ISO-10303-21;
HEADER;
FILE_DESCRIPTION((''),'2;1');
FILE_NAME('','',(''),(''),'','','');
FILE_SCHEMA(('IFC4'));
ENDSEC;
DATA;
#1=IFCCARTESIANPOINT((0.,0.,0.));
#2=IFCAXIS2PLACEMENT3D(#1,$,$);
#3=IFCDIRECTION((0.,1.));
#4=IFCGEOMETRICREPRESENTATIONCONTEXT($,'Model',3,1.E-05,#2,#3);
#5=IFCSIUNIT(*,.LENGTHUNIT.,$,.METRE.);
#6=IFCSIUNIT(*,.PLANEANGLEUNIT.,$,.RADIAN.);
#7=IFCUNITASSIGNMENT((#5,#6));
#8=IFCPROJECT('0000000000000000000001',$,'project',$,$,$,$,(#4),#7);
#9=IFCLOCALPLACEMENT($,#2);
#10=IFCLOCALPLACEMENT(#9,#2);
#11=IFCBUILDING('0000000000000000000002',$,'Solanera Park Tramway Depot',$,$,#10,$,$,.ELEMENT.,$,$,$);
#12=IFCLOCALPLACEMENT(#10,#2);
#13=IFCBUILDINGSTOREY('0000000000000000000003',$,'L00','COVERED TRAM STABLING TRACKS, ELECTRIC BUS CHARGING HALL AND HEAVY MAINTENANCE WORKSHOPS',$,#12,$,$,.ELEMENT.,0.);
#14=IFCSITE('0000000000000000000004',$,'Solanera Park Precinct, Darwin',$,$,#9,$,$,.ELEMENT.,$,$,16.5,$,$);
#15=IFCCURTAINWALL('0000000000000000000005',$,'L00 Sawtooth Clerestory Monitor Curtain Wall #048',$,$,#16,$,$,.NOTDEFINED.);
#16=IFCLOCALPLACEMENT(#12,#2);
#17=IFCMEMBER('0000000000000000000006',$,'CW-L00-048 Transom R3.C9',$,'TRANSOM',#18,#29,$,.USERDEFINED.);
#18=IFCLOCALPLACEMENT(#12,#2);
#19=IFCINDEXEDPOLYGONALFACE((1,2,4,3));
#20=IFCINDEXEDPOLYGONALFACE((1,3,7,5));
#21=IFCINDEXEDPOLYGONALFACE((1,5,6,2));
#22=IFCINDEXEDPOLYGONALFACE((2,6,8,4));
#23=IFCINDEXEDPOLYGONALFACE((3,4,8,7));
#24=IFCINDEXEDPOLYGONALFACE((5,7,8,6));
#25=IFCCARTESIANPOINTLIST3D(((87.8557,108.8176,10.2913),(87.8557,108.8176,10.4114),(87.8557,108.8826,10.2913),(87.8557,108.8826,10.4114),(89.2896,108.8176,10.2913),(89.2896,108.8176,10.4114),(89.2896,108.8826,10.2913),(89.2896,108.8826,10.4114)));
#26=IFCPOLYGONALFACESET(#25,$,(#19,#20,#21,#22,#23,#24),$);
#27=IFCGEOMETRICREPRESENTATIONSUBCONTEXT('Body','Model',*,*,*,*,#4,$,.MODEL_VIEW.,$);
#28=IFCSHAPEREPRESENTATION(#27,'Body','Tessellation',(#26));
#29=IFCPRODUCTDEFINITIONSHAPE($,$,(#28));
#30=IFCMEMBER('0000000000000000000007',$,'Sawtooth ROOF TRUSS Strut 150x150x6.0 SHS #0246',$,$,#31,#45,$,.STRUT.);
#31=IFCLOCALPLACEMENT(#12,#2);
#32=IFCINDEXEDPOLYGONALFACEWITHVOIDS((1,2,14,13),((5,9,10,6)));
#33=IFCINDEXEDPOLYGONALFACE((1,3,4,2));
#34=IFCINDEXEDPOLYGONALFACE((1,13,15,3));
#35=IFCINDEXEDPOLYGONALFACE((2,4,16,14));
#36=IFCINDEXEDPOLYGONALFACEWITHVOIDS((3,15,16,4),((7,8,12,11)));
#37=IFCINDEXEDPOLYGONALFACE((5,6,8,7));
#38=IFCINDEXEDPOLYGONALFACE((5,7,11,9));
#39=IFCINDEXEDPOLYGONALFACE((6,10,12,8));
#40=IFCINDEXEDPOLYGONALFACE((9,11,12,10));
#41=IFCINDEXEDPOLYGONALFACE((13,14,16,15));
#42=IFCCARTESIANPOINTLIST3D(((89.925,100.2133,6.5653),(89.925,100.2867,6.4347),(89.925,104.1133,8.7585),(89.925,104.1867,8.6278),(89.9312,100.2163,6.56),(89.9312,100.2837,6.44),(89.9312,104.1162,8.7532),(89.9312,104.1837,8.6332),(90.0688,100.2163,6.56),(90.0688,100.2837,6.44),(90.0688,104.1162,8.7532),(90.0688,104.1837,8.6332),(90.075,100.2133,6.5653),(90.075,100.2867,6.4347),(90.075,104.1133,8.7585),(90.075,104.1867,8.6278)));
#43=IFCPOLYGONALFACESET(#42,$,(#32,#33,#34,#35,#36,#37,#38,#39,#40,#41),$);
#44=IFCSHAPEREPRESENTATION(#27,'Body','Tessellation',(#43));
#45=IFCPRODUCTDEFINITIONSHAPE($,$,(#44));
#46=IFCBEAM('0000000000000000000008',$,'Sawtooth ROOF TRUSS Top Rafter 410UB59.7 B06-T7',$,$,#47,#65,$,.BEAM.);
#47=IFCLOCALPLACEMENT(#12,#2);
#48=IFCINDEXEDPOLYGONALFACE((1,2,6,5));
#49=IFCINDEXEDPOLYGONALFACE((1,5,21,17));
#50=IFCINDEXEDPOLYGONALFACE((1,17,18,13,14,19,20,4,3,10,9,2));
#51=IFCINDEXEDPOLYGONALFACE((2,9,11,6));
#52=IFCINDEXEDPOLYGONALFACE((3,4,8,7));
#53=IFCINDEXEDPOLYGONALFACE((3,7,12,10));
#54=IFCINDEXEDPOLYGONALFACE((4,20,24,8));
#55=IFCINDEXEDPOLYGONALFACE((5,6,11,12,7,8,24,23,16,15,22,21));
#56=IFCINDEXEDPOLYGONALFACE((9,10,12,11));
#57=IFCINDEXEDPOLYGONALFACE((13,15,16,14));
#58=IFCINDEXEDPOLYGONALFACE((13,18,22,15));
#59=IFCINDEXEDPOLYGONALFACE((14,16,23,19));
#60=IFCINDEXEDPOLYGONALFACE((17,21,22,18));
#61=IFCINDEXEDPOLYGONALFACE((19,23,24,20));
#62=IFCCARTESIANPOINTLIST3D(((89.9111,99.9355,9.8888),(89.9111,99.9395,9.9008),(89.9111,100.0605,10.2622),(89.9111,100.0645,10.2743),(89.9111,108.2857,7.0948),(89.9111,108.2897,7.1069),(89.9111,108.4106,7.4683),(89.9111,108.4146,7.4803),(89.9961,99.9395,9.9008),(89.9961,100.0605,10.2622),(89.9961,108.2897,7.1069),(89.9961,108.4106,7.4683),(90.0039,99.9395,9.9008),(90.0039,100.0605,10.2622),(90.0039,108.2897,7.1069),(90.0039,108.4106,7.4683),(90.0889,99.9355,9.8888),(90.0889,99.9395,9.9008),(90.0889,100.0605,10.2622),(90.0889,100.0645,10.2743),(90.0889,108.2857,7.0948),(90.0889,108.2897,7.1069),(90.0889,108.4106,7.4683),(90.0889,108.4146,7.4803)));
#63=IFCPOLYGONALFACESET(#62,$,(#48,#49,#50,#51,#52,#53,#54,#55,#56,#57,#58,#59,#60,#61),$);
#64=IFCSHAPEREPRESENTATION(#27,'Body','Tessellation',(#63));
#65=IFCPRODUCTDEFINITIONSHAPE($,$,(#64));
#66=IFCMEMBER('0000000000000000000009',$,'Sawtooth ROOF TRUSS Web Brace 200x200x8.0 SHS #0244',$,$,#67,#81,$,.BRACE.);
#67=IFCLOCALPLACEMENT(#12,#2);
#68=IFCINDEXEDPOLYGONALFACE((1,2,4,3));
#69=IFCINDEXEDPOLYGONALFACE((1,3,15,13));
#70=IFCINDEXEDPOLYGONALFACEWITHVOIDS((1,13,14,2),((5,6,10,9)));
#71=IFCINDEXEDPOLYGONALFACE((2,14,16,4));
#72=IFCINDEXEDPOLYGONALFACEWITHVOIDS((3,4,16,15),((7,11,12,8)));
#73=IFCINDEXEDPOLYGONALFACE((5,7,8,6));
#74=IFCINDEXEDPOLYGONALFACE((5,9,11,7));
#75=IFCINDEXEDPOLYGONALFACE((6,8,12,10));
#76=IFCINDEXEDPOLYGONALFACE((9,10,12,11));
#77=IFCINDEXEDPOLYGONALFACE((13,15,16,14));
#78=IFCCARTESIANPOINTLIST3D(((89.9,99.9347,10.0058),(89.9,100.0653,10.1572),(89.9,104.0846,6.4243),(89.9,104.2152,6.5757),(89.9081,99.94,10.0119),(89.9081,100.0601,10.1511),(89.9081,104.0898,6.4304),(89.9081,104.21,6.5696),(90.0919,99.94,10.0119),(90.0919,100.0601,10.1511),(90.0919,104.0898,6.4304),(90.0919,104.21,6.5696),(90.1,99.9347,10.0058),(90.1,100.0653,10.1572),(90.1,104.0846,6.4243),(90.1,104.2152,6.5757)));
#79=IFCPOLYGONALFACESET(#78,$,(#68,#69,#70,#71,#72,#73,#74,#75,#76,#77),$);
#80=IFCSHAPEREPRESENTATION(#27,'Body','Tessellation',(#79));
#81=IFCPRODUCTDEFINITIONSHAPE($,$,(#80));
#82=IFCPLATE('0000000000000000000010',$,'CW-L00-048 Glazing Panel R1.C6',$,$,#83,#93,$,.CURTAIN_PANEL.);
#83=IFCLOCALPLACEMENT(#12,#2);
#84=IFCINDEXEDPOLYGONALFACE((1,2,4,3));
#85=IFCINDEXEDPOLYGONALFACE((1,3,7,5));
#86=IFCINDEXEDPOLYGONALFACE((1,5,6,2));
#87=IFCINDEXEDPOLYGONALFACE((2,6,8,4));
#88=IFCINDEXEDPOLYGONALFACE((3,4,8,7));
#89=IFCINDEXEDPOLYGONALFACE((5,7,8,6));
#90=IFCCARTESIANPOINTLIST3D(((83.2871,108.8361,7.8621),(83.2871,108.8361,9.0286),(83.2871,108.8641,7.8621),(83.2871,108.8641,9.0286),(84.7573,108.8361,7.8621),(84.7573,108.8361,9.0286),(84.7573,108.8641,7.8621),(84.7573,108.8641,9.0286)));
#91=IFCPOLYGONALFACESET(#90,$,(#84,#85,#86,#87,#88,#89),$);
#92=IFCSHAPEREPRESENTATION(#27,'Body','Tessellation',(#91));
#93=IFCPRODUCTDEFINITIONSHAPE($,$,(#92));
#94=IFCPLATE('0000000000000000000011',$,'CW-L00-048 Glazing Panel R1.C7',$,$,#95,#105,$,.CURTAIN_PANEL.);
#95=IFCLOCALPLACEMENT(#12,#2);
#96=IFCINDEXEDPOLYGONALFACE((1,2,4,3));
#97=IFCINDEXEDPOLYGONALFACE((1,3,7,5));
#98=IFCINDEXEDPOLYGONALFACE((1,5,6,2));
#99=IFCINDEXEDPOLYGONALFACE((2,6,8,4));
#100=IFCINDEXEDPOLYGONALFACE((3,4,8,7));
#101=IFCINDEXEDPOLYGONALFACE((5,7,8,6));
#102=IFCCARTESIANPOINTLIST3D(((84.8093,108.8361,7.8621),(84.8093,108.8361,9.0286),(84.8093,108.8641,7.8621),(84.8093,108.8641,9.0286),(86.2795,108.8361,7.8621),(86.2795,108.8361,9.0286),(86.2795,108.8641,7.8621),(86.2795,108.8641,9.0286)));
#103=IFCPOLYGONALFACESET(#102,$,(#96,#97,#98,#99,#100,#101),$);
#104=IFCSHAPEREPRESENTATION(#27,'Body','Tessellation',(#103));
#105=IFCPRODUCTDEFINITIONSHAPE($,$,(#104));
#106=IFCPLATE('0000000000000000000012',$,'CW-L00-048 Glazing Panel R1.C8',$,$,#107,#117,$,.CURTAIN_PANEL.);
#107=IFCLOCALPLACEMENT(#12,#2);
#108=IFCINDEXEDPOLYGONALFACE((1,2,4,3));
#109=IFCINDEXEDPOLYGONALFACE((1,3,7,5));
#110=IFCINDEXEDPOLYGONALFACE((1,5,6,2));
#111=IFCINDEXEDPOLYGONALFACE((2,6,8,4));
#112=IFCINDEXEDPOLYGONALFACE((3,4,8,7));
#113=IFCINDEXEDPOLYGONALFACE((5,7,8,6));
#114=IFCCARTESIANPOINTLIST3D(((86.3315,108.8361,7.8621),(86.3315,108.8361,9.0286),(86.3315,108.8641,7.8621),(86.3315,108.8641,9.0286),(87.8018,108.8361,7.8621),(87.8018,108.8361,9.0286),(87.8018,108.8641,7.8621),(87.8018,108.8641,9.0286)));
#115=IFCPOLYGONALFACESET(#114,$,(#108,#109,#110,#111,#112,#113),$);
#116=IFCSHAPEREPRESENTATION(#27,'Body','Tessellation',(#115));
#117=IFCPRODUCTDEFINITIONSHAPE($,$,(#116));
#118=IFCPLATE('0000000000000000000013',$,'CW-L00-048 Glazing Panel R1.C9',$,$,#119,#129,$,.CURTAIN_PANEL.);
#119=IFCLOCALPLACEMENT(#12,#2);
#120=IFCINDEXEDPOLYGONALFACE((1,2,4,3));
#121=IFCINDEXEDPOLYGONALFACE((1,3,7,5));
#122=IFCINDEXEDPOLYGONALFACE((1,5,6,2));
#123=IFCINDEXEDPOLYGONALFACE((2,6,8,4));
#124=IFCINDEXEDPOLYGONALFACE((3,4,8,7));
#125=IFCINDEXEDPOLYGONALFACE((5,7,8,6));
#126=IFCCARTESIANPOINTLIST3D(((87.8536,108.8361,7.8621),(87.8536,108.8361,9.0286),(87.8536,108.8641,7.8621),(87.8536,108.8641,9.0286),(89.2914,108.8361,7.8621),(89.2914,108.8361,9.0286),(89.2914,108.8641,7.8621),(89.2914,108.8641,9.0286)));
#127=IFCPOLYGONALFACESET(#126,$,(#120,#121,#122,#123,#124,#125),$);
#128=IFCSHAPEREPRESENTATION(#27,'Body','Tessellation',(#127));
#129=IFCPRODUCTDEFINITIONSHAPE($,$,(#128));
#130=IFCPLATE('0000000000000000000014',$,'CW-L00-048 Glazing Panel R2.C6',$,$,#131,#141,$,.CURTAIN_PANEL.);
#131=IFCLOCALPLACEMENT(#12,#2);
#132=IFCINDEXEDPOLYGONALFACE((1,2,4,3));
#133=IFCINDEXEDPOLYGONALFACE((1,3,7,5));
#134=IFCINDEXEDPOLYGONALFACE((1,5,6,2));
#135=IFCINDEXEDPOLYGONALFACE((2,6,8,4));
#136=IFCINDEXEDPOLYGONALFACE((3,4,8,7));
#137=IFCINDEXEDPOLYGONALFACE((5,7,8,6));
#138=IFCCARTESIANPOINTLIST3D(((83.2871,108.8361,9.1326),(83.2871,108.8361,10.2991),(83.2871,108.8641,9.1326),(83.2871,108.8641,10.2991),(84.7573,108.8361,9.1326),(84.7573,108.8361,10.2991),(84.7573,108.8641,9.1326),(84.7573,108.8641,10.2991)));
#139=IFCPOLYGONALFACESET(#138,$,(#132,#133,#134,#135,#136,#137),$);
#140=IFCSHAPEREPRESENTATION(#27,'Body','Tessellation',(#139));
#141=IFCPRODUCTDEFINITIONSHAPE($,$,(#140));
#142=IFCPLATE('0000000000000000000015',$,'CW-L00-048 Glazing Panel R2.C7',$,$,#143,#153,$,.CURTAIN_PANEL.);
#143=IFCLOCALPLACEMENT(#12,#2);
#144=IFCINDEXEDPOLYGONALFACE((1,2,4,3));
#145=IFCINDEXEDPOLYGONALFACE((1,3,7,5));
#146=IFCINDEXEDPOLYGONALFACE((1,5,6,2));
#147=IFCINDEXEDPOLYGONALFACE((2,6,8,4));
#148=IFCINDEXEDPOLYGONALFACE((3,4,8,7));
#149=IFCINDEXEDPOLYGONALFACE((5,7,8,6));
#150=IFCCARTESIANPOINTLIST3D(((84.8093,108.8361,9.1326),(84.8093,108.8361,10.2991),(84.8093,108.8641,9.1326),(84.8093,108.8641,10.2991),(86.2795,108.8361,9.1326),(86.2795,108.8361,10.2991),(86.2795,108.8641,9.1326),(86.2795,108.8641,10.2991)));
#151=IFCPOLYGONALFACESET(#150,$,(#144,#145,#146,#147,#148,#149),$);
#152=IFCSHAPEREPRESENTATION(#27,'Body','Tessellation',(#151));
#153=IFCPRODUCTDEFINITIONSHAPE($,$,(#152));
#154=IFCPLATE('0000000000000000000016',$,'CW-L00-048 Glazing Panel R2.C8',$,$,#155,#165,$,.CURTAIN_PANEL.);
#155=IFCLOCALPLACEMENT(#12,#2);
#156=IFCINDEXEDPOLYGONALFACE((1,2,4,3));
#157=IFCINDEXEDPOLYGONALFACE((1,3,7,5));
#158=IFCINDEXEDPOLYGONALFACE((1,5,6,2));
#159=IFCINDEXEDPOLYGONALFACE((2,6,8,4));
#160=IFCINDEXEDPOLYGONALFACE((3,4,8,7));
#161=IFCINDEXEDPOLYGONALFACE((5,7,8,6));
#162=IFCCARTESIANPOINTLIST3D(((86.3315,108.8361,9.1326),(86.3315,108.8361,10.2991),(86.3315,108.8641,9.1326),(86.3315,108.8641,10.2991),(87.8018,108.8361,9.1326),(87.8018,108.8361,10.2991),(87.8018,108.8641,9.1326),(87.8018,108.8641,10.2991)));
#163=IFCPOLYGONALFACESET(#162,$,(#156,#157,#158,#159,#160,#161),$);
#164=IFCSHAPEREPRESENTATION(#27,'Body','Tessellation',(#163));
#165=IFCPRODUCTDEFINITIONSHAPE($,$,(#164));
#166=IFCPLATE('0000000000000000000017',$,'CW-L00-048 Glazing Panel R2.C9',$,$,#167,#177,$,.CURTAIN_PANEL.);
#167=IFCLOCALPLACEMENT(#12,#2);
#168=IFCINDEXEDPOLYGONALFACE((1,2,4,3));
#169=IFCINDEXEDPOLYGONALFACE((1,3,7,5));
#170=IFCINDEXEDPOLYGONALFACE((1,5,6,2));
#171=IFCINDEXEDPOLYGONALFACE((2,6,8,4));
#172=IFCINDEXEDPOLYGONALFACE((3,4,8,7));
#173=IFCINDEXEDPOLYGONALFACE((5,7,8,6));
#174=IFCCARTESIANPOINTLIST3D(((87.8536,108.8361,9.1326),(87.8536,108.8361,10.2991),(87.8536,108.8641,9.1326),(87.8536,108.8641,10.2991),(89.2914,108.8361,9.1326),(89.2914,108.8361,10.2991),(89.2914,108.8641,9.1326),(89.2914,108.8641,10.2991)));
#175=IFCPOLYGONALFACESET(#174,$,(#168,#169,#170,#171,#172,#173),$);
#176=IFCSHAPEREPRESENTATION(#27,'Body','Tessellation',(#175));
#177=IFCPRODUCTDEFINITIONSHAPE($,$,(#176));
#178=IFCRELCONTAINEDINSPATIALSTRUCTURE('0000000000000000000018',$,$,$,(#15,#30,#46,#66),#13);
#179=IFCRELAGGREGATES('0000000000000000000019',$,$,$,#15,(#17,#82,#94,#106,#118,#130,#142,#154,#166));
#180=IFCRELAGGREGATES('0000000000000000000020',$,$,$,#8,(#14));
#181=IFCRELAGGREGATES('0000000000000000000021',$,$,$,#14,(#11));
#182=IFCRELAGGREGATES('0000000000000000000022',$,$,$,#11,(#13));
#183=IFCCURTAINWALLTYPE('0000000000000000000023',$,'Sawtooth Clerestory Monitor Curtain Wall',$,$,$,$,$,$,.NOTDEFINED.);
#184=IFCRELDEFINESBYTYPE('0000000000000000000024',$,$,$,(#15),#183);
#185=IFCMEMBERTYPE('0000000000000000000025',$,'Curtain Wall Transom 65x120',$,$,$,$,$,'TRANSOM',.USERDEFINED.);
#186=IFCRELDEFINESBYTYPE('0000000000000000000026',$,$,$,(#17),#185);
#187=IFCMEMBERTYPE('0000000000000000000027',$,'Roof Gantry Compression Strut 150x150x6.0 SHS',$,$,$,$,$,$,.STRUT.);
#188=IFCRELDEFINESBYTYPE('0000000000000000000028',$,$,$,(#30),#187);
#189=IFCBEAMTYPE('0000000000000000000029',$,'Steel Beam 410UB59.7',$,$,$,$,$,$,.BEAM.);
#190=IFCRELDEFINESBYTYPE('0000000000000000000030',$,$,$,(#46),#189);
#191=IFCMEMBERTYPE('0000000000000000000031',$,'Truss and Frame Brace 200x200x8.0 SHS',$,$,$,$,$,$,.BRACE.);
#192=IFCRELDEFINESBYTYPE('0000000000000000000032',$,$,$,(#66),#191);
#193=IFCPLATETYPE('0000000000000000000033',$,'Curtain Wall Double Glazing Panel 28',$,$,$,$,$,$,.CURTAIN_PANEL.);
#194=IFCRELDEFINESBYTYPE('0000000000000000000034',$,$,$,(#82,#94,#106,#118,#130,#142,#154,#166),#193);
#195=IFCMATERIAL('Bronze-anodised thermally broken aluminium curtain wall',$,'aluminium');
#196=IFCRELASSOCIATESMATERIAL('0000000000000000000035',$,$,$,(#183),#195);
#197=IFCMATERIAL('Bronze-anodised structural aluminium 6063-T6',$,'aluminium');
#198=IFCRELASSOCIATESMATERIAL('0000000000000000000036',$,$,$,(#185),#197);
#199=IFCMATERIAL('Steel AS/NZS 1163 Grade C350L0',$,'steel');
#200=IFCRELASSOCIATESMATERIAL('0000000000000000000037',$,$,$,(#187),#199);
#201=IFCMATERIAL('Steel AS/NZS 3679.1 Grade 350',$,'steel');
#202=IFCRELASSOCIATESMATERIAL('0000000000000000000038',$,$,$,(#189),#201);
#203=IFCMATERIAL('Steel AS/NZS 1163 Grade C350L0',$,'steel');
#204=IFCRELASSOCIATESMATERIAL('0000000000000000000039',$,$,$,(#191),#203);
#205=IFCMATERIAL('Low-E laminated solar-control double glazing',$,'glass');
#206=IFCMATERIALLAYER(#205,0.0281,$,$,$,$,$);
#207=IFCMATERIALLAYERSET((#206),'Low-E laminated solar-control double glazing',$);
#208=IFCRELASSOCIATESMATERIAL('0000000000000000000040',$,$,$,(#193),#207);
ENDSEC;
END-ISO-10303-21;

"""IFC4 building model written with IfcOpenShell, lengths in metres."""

from ifc_helpers import new_model, si_unit, direction, frame, origin, origin_2d, place, context, subcontext, project, spatial, rectangle, hollow_rectangle, i_section, extrude, material, layer, layer_set, material_profile, profile_set, type_object, element, aggregate, save


model = new_model("IFC4")

# Units and contexts
model_context = context("Model", 3, precision=1e-05, world=origin(), true_north=direction((0.0, 1.0)))
body_context = subcontext(model_context, "Body", "Model", "MODEL_VIEW")
ifc_project = project(units=[si_unit("LENGTHUNIT", "METRE"), si_unit("PLANEANGLEUNIT", "RADIAN")], contexts=[model_context])

# Site, building, storey
site_placement = place(None, origin())
site = spatial("IfcSite", under=ifc_project, at=site_placement, Name="Solanera Park Precinct, Darwin", CompositionType="ELEMENT", RefElevation=16.5)
building_placement = place(site_placement, origin())
building = spatial("IfcBuilding", under=site, at=building_placement, Name="Solanera Park Tramway Depot", CompositionType="ELEMENT")
storey_placement = place(building_placement, origin())
storey = spatial("IfcBuildingStorey", under=building, at=storey_placement, Name="L00", Description="COVERED TRAM STABLING TRACKS, ELECTRIC BUS CHARGING HALL AND HEAVY MAINTENANCE WORKSHOPS", CompositionType="ELEMENT", Elevation=0.0)

# Curtain wall, member
ifc_material_1 = material(Name="Bronze-anodised thermally broken aluminium curtain wall", Category="aluminium")
curtain_wall_type = type_object("IfcCurtainWallType", Name="Sawtooth Clerestory Monitor Curtain Wall", PredefinedType="NOTDEFINED", material=ifc_material_1)
curtain_wall_placement = place(storey_placement, origin())
curtain_wall = element("IfcCurtainWall", 1, at=curtain_wall_placement, inside=storey, type_object=curtain_wall_type, Name="L00 Sawtooth Clerestory Monitor Curtain Wall #048", PredefinedType="NOTDEFINED")
ifc_material_2 = material(Name="Bronze-anodised structural aluminium 6063-T6", Category="aluminium")
ifc_material_profile_1 = material_profile(ifc_material_2, rectangle(XDim=0.0649, YDim=0.1201, at=origin_2d()), Name="Curtain Wall Transom 65x120")
ifc_profile_set_1 = profile_set([ifc_material_profile_1], Name="Bronze-anodised structural aluminium 6063-T6")
member_type_1 = type_object("IfcMemberType", Name="Curtain Wall Transom 65x120", ElementType="TRANSOM", PredefinedType="USERDEFINED", material=ifc_profile_set_1)
member_1_placement = place(storey_placement, frame((87.8557, 108.8501, 10.3513), z_axis=(1.0, 0.0, 0.0), x_axis=(0.0, 1.0, 0.0)))
member_1 = element("IfcMember", 2, at=member_1_placement, type_object=member_type_1, Name="CW-L00-048 Transom R3.C9", ObjectType="TRANSOM", PredefinedType="USERDEFINED", context=body_context, shape_type="SweptSolid", body=[
    extrude(rectangle(XDim=0.0649, YDim=0.1201, at=origin_2d()), origin(), (0.0, 0.0, 1.0), 1.4338),
])

# Member
ifc_material_3 = material(Name="Steel AS/NZS 1163 Grade C350L0", Category="steel")
ifc_material_profile_2 = material_profile(ifc_material_3, hollow_rectangle(XDim=0.1499, YDim=0.1499, WallThickness=0.0061, at=origin_2d()), Name="150x150x6.0 SHS")
ifc_profile_set_2 = profile_set([ifc_material_profile_2], Name="Steel AS/NZS 1163 Grade C350L0")
member_type_2 = type_object("IfcMemberType", Name="Roof Gantry Compression Strut 150x150x6.0 SHS", PredefinedType="STRUT", material=ifc_profile_set_2)
member_2_placement = place(storey_placement, frame((90.0, 100.25, 6.5), z_axis=(0.0, 0.871631, 0.490163), x_axis=(-1.0, 0.0, 0.0)))
element("IfcMember", 3, at=member_2_placement, inside=storey, type_object=member_type_2, Name="Sawtooth ROOF TRUSS Strut 150x150x6.0 SHS #0246", PredefinedType="STRUT", context=body_context, shape_type="SweptSolid", body=[
    extrude(hollow_rectangle(XDim=0.1499, YDim=0.1499, WallThickness=0.0061, at=origin_2d()), origin(), (0.0, 0.0, 1.0), 4.4744),
])

# Beam
ifc_material_4 = material(Name="Steel AS/NZS 3679.1 Grade 350", Category="steel")
ifc_material_profile_3 = material_profile(ifc_material_4, i_section(OverallWidth=0.1777, OverallDepth=0.4065, WebThickness=0.0078, FlangeThickness=0.0127, at=origin_2d()), Name="410UB59.7")
ifc_profile_set_3 = profile_set([ifc_material_profile_3], Name="Steel AS/NZS 3679.1 Grade 350")
beam_type = type_object("IfcBeamType", Name="Steel Beam 410UB59.7", PredefinedType="BEAM", material=ifc_profile_set_3)
beam_placement = place(storey_placement, frame((90.0, 100.0, 10.0815), z_axis=(0.0, 0.948322, -0.317309), x_axis=(-1.0, 0.0, 0.0)))
element("IfcBeam", 4, at=beam_placement, inside=storey, type_object=beam_type, Name="Sawtooth ROOF TRUSS Top Rafter 410UB59.7 B06-T7", PredefinedType="BEAM", context=body_context, shape_type="SweptSolid", body=[
    extrude(i_section(OverallWidth=0.1777, OverallDepth=0.4065, WebThickness=0.0078, FlangeThickness=0.0127, at=origin_2d()), origin(), (0.0, 0.0, 1.0), 8.8052),
])

# Member
ifc_material_5 = material(Name="Steel AS/NZS 1163 Grade C350L0", Category="steel")
ifc_material_profile_4 = material_profile(ifc_material_5, hollow_rectangle(XDim=0.2, YDim=0.2, WallThickness=0.0081, at=origin_2d()), Name="200x200x8.0 SHS")
ifc_profile_set_4 = profile_set([ifc_material_profile_4], Name="Steel AS/NZS 1163 Grade C350L0")
member_type_3 = type_object("IfcMemberType", Name="Truss and Frame Brace 200x200x8.0 SHS", PredefinedType="BRACE", material=ifc_profile_set_4)
member_3_placement = place(storey_placement, frame((90.0, 104.1499, 6.5), z_axis=(0.0, -0.757045, 0.653362), x_axis=(1.0, 0.0, 0.0)))
element("IfcMember", 5, at=member_3_placement, inside=storey, type_object=member_type_3, Name="Sawtooth ROOF TRUSS Web Brace 200x200x8.0 SHS #0244", PredefinedType="BRACE", context=body_context, shape_type="SweptSolid", body=[
    extrude(hollow_rectangle(XDim=0.2, YDim=0.2, WallThickness=0.0081, at=origin_2d()), origin(), (0.0, 0.0, 1.0), 5.4817),
])

# Plates
ifc_material_6 = material(Name="Low-E laminated solar-control double glazing", Category="glass")
ifc_layer_1 = layer(ifc_material_6, 0.0281)
ifc_layer_set_1 = layer_set([ifc_layer_1], Name="Low-E laminated solar-control double glazing")
plate_type_1 = type_object("IfcPlateType", Name="Curtain Wall Double Glazing Panel 28", PredefinedType="CURTAIN_PANEL", material=ifc_layer_set_1)
plate_1_placement = place(storey_placement, frame((84.0222, 108.8501, 7.8621), z_axis=(0.0, 0.0, 1.0), x_axis=(1.0, 0.0, 0.0)))
plate_1 = element("IfcPlate", 6, at=plate_1_placement, type_object=plate_type_1, Name="CW-L00-048 Glazing Panel R1.C6", PredefinedType="CURTAIN_PANEL", context=body_context, shape_type="SweptSolid", body=[
    extrude(rectangle(XDim=1.4702, YDim=0.0281, at=origin_2d()), origin(), (0.0, 0.0, 1.0), 1.1665),
])
plate_2_placement = place(storey_placement, frame((85.5444, 108.8501, 7.8621), z_axis=(0.0, 0.0, 1.0), x_axis=(1.0, 0.0, 0.0)))
plate_2 = element("IfcPlate", 7, at=plate_2_placement, type_object=plate_type_1, Name="CW-L00-048 Glazing Panel R1.C7", PredefinedType="CURTAIN_PANEL", context=body_context, shape_type="SweptSolid", body=[
    extrude(rectangle(XDim=1.4702, YDim=0.0281, at=origin_2d()), origin(), (0.0, 0.0, 1.0), 1.1665),
])
plate_3_placement = place(storey_placement, frame((87.0667, 108.8501, 7.8621), z_axis=(0.0, 0.0, 1.0), x_axis=(1.0, 0.0, 0.0)))
plate_3 = element("IfcPlate", 8, at=plate_3_placement, type_object=plate_type_1, Name="CW-L00-048 Glazing Panel R1.C8", PredefinedType="CURTAIN_PANEL", context=body_context, shape_type="SweptSolid", body=[
    extrude(rectangle(XDim=1.4702, YDim=0.0281, at=origin_2d()), origin(), (0.0, 0.0, 1.0), 1.1665),
])
plate_4_placement = place(storey_placement, frame((88.5725, 108.8501, 7.8621), z_axis=(0.0, 0.0, 1.0), x_axis=(1.0, 0.0, 0.0)))
plate_4 = element("IfcPlate", 9, at=plate_4_placement, type_object=plate_type_1, Name="CW-L00-048 Glazing Panel R1.C9", PredefinedType="CURTAIN_PANEL", context=body_context, shape_type="SweptSolid", body=[
    extrude(rectangle(XDim=1.4377, YDim=0.0281, at=origin_2d()), origin(), (0.0, 0.0, 1.0), 1.1665),
])
plate_5_placement = place(storey_placement, frame((84.0222, 108.8501, 9.1326), z_axis=(0.0, 0.0, 1.0), x_axis=(1.0, 0.0, 0.0)))
plate_5 = element("IfcPlate", 10, at=plate_5_placement, type_object=plate_type_1, Name="CW-L00-048 Glazing Panel R2.C6", PredefinedType="CURTAIN_PANEL", context=body_context, shape_type="SweptSolid", body=[
    extrude(rectangle(XDim=1.4702, YDim=0.0281, at=origin_2d()), origin(), (0.0, 0.0, 1.0), 1.1665),
])
plate_6_placement = place(storey_placement, frame((85.5444, 108.8501, 9.1326), z_axis=(0.0, 0.0, 1.0), x_axis=(1.0, 0.0, 0.0)))
plate_6 = element("IfcPlate", 11, at=plate_6_placement, type_object=plate_type_1, Name="CW-L00-048 Glazing Panel R2.C7", PredefinedType="CURTAIN_PANEL", context=body_context, shape_type="SweptSolid", body=[
    extrude(rectangle(XDim=1.4702, YDim=0.0281, at=origin_2d()), origin(), (0.0, 0.0, 1.0), 1.1665),
])
plate_7_placement = place(storey_placement, frame((87.0667, 108.8501, 9.1326), z_axis=(0.0, 0.0, 1.0), x_axis=(1.0, 0.0, 0.0)))
plate_7 = element("IfcPlate", 12, at=plate_7_placement, type_object=plate_type_1, Name="CW-L00-048 Glazing Panel R2.C8", PredefinedType="CURTAIN_PANEL", context=body_context, shape_type="SweptSolid", body=[
    extrude(rectangle(XDim=1.4702, YDim=0.0281, at=origin_2d()), origin(), (0.0, 0.0, 1.0), 1.1665),
])
plate_8_placement = place(storey_placement, frame((88.5725, 108.8501, 9.1326), z_axis=(0.0, 0.0, 1.0), x_axis=(1.0, 0.0, 0.0)))
plate_8 = element("IfcPlate", 13, at=plate_8_placement, type_object=plate_type_1, Name="CW-L00-048 Glazing Panel R2.C9", PredefinedType="CURTAIN_PANEL", context=body_context, shape_type="SweptSolid", body=[
    extrude(rectangle(XDim=1.4377, YDim=0.0281, at=origin_2d()), origin(), (0.0, 0.0, 1.0), 1.1665),
])
aggregate(curtain_wall, [member_1, plate_1, plate_2, plate_3, plate_4, plate_5, plate_6, plate_7, plate_8])

save(model, "model.ifc")
